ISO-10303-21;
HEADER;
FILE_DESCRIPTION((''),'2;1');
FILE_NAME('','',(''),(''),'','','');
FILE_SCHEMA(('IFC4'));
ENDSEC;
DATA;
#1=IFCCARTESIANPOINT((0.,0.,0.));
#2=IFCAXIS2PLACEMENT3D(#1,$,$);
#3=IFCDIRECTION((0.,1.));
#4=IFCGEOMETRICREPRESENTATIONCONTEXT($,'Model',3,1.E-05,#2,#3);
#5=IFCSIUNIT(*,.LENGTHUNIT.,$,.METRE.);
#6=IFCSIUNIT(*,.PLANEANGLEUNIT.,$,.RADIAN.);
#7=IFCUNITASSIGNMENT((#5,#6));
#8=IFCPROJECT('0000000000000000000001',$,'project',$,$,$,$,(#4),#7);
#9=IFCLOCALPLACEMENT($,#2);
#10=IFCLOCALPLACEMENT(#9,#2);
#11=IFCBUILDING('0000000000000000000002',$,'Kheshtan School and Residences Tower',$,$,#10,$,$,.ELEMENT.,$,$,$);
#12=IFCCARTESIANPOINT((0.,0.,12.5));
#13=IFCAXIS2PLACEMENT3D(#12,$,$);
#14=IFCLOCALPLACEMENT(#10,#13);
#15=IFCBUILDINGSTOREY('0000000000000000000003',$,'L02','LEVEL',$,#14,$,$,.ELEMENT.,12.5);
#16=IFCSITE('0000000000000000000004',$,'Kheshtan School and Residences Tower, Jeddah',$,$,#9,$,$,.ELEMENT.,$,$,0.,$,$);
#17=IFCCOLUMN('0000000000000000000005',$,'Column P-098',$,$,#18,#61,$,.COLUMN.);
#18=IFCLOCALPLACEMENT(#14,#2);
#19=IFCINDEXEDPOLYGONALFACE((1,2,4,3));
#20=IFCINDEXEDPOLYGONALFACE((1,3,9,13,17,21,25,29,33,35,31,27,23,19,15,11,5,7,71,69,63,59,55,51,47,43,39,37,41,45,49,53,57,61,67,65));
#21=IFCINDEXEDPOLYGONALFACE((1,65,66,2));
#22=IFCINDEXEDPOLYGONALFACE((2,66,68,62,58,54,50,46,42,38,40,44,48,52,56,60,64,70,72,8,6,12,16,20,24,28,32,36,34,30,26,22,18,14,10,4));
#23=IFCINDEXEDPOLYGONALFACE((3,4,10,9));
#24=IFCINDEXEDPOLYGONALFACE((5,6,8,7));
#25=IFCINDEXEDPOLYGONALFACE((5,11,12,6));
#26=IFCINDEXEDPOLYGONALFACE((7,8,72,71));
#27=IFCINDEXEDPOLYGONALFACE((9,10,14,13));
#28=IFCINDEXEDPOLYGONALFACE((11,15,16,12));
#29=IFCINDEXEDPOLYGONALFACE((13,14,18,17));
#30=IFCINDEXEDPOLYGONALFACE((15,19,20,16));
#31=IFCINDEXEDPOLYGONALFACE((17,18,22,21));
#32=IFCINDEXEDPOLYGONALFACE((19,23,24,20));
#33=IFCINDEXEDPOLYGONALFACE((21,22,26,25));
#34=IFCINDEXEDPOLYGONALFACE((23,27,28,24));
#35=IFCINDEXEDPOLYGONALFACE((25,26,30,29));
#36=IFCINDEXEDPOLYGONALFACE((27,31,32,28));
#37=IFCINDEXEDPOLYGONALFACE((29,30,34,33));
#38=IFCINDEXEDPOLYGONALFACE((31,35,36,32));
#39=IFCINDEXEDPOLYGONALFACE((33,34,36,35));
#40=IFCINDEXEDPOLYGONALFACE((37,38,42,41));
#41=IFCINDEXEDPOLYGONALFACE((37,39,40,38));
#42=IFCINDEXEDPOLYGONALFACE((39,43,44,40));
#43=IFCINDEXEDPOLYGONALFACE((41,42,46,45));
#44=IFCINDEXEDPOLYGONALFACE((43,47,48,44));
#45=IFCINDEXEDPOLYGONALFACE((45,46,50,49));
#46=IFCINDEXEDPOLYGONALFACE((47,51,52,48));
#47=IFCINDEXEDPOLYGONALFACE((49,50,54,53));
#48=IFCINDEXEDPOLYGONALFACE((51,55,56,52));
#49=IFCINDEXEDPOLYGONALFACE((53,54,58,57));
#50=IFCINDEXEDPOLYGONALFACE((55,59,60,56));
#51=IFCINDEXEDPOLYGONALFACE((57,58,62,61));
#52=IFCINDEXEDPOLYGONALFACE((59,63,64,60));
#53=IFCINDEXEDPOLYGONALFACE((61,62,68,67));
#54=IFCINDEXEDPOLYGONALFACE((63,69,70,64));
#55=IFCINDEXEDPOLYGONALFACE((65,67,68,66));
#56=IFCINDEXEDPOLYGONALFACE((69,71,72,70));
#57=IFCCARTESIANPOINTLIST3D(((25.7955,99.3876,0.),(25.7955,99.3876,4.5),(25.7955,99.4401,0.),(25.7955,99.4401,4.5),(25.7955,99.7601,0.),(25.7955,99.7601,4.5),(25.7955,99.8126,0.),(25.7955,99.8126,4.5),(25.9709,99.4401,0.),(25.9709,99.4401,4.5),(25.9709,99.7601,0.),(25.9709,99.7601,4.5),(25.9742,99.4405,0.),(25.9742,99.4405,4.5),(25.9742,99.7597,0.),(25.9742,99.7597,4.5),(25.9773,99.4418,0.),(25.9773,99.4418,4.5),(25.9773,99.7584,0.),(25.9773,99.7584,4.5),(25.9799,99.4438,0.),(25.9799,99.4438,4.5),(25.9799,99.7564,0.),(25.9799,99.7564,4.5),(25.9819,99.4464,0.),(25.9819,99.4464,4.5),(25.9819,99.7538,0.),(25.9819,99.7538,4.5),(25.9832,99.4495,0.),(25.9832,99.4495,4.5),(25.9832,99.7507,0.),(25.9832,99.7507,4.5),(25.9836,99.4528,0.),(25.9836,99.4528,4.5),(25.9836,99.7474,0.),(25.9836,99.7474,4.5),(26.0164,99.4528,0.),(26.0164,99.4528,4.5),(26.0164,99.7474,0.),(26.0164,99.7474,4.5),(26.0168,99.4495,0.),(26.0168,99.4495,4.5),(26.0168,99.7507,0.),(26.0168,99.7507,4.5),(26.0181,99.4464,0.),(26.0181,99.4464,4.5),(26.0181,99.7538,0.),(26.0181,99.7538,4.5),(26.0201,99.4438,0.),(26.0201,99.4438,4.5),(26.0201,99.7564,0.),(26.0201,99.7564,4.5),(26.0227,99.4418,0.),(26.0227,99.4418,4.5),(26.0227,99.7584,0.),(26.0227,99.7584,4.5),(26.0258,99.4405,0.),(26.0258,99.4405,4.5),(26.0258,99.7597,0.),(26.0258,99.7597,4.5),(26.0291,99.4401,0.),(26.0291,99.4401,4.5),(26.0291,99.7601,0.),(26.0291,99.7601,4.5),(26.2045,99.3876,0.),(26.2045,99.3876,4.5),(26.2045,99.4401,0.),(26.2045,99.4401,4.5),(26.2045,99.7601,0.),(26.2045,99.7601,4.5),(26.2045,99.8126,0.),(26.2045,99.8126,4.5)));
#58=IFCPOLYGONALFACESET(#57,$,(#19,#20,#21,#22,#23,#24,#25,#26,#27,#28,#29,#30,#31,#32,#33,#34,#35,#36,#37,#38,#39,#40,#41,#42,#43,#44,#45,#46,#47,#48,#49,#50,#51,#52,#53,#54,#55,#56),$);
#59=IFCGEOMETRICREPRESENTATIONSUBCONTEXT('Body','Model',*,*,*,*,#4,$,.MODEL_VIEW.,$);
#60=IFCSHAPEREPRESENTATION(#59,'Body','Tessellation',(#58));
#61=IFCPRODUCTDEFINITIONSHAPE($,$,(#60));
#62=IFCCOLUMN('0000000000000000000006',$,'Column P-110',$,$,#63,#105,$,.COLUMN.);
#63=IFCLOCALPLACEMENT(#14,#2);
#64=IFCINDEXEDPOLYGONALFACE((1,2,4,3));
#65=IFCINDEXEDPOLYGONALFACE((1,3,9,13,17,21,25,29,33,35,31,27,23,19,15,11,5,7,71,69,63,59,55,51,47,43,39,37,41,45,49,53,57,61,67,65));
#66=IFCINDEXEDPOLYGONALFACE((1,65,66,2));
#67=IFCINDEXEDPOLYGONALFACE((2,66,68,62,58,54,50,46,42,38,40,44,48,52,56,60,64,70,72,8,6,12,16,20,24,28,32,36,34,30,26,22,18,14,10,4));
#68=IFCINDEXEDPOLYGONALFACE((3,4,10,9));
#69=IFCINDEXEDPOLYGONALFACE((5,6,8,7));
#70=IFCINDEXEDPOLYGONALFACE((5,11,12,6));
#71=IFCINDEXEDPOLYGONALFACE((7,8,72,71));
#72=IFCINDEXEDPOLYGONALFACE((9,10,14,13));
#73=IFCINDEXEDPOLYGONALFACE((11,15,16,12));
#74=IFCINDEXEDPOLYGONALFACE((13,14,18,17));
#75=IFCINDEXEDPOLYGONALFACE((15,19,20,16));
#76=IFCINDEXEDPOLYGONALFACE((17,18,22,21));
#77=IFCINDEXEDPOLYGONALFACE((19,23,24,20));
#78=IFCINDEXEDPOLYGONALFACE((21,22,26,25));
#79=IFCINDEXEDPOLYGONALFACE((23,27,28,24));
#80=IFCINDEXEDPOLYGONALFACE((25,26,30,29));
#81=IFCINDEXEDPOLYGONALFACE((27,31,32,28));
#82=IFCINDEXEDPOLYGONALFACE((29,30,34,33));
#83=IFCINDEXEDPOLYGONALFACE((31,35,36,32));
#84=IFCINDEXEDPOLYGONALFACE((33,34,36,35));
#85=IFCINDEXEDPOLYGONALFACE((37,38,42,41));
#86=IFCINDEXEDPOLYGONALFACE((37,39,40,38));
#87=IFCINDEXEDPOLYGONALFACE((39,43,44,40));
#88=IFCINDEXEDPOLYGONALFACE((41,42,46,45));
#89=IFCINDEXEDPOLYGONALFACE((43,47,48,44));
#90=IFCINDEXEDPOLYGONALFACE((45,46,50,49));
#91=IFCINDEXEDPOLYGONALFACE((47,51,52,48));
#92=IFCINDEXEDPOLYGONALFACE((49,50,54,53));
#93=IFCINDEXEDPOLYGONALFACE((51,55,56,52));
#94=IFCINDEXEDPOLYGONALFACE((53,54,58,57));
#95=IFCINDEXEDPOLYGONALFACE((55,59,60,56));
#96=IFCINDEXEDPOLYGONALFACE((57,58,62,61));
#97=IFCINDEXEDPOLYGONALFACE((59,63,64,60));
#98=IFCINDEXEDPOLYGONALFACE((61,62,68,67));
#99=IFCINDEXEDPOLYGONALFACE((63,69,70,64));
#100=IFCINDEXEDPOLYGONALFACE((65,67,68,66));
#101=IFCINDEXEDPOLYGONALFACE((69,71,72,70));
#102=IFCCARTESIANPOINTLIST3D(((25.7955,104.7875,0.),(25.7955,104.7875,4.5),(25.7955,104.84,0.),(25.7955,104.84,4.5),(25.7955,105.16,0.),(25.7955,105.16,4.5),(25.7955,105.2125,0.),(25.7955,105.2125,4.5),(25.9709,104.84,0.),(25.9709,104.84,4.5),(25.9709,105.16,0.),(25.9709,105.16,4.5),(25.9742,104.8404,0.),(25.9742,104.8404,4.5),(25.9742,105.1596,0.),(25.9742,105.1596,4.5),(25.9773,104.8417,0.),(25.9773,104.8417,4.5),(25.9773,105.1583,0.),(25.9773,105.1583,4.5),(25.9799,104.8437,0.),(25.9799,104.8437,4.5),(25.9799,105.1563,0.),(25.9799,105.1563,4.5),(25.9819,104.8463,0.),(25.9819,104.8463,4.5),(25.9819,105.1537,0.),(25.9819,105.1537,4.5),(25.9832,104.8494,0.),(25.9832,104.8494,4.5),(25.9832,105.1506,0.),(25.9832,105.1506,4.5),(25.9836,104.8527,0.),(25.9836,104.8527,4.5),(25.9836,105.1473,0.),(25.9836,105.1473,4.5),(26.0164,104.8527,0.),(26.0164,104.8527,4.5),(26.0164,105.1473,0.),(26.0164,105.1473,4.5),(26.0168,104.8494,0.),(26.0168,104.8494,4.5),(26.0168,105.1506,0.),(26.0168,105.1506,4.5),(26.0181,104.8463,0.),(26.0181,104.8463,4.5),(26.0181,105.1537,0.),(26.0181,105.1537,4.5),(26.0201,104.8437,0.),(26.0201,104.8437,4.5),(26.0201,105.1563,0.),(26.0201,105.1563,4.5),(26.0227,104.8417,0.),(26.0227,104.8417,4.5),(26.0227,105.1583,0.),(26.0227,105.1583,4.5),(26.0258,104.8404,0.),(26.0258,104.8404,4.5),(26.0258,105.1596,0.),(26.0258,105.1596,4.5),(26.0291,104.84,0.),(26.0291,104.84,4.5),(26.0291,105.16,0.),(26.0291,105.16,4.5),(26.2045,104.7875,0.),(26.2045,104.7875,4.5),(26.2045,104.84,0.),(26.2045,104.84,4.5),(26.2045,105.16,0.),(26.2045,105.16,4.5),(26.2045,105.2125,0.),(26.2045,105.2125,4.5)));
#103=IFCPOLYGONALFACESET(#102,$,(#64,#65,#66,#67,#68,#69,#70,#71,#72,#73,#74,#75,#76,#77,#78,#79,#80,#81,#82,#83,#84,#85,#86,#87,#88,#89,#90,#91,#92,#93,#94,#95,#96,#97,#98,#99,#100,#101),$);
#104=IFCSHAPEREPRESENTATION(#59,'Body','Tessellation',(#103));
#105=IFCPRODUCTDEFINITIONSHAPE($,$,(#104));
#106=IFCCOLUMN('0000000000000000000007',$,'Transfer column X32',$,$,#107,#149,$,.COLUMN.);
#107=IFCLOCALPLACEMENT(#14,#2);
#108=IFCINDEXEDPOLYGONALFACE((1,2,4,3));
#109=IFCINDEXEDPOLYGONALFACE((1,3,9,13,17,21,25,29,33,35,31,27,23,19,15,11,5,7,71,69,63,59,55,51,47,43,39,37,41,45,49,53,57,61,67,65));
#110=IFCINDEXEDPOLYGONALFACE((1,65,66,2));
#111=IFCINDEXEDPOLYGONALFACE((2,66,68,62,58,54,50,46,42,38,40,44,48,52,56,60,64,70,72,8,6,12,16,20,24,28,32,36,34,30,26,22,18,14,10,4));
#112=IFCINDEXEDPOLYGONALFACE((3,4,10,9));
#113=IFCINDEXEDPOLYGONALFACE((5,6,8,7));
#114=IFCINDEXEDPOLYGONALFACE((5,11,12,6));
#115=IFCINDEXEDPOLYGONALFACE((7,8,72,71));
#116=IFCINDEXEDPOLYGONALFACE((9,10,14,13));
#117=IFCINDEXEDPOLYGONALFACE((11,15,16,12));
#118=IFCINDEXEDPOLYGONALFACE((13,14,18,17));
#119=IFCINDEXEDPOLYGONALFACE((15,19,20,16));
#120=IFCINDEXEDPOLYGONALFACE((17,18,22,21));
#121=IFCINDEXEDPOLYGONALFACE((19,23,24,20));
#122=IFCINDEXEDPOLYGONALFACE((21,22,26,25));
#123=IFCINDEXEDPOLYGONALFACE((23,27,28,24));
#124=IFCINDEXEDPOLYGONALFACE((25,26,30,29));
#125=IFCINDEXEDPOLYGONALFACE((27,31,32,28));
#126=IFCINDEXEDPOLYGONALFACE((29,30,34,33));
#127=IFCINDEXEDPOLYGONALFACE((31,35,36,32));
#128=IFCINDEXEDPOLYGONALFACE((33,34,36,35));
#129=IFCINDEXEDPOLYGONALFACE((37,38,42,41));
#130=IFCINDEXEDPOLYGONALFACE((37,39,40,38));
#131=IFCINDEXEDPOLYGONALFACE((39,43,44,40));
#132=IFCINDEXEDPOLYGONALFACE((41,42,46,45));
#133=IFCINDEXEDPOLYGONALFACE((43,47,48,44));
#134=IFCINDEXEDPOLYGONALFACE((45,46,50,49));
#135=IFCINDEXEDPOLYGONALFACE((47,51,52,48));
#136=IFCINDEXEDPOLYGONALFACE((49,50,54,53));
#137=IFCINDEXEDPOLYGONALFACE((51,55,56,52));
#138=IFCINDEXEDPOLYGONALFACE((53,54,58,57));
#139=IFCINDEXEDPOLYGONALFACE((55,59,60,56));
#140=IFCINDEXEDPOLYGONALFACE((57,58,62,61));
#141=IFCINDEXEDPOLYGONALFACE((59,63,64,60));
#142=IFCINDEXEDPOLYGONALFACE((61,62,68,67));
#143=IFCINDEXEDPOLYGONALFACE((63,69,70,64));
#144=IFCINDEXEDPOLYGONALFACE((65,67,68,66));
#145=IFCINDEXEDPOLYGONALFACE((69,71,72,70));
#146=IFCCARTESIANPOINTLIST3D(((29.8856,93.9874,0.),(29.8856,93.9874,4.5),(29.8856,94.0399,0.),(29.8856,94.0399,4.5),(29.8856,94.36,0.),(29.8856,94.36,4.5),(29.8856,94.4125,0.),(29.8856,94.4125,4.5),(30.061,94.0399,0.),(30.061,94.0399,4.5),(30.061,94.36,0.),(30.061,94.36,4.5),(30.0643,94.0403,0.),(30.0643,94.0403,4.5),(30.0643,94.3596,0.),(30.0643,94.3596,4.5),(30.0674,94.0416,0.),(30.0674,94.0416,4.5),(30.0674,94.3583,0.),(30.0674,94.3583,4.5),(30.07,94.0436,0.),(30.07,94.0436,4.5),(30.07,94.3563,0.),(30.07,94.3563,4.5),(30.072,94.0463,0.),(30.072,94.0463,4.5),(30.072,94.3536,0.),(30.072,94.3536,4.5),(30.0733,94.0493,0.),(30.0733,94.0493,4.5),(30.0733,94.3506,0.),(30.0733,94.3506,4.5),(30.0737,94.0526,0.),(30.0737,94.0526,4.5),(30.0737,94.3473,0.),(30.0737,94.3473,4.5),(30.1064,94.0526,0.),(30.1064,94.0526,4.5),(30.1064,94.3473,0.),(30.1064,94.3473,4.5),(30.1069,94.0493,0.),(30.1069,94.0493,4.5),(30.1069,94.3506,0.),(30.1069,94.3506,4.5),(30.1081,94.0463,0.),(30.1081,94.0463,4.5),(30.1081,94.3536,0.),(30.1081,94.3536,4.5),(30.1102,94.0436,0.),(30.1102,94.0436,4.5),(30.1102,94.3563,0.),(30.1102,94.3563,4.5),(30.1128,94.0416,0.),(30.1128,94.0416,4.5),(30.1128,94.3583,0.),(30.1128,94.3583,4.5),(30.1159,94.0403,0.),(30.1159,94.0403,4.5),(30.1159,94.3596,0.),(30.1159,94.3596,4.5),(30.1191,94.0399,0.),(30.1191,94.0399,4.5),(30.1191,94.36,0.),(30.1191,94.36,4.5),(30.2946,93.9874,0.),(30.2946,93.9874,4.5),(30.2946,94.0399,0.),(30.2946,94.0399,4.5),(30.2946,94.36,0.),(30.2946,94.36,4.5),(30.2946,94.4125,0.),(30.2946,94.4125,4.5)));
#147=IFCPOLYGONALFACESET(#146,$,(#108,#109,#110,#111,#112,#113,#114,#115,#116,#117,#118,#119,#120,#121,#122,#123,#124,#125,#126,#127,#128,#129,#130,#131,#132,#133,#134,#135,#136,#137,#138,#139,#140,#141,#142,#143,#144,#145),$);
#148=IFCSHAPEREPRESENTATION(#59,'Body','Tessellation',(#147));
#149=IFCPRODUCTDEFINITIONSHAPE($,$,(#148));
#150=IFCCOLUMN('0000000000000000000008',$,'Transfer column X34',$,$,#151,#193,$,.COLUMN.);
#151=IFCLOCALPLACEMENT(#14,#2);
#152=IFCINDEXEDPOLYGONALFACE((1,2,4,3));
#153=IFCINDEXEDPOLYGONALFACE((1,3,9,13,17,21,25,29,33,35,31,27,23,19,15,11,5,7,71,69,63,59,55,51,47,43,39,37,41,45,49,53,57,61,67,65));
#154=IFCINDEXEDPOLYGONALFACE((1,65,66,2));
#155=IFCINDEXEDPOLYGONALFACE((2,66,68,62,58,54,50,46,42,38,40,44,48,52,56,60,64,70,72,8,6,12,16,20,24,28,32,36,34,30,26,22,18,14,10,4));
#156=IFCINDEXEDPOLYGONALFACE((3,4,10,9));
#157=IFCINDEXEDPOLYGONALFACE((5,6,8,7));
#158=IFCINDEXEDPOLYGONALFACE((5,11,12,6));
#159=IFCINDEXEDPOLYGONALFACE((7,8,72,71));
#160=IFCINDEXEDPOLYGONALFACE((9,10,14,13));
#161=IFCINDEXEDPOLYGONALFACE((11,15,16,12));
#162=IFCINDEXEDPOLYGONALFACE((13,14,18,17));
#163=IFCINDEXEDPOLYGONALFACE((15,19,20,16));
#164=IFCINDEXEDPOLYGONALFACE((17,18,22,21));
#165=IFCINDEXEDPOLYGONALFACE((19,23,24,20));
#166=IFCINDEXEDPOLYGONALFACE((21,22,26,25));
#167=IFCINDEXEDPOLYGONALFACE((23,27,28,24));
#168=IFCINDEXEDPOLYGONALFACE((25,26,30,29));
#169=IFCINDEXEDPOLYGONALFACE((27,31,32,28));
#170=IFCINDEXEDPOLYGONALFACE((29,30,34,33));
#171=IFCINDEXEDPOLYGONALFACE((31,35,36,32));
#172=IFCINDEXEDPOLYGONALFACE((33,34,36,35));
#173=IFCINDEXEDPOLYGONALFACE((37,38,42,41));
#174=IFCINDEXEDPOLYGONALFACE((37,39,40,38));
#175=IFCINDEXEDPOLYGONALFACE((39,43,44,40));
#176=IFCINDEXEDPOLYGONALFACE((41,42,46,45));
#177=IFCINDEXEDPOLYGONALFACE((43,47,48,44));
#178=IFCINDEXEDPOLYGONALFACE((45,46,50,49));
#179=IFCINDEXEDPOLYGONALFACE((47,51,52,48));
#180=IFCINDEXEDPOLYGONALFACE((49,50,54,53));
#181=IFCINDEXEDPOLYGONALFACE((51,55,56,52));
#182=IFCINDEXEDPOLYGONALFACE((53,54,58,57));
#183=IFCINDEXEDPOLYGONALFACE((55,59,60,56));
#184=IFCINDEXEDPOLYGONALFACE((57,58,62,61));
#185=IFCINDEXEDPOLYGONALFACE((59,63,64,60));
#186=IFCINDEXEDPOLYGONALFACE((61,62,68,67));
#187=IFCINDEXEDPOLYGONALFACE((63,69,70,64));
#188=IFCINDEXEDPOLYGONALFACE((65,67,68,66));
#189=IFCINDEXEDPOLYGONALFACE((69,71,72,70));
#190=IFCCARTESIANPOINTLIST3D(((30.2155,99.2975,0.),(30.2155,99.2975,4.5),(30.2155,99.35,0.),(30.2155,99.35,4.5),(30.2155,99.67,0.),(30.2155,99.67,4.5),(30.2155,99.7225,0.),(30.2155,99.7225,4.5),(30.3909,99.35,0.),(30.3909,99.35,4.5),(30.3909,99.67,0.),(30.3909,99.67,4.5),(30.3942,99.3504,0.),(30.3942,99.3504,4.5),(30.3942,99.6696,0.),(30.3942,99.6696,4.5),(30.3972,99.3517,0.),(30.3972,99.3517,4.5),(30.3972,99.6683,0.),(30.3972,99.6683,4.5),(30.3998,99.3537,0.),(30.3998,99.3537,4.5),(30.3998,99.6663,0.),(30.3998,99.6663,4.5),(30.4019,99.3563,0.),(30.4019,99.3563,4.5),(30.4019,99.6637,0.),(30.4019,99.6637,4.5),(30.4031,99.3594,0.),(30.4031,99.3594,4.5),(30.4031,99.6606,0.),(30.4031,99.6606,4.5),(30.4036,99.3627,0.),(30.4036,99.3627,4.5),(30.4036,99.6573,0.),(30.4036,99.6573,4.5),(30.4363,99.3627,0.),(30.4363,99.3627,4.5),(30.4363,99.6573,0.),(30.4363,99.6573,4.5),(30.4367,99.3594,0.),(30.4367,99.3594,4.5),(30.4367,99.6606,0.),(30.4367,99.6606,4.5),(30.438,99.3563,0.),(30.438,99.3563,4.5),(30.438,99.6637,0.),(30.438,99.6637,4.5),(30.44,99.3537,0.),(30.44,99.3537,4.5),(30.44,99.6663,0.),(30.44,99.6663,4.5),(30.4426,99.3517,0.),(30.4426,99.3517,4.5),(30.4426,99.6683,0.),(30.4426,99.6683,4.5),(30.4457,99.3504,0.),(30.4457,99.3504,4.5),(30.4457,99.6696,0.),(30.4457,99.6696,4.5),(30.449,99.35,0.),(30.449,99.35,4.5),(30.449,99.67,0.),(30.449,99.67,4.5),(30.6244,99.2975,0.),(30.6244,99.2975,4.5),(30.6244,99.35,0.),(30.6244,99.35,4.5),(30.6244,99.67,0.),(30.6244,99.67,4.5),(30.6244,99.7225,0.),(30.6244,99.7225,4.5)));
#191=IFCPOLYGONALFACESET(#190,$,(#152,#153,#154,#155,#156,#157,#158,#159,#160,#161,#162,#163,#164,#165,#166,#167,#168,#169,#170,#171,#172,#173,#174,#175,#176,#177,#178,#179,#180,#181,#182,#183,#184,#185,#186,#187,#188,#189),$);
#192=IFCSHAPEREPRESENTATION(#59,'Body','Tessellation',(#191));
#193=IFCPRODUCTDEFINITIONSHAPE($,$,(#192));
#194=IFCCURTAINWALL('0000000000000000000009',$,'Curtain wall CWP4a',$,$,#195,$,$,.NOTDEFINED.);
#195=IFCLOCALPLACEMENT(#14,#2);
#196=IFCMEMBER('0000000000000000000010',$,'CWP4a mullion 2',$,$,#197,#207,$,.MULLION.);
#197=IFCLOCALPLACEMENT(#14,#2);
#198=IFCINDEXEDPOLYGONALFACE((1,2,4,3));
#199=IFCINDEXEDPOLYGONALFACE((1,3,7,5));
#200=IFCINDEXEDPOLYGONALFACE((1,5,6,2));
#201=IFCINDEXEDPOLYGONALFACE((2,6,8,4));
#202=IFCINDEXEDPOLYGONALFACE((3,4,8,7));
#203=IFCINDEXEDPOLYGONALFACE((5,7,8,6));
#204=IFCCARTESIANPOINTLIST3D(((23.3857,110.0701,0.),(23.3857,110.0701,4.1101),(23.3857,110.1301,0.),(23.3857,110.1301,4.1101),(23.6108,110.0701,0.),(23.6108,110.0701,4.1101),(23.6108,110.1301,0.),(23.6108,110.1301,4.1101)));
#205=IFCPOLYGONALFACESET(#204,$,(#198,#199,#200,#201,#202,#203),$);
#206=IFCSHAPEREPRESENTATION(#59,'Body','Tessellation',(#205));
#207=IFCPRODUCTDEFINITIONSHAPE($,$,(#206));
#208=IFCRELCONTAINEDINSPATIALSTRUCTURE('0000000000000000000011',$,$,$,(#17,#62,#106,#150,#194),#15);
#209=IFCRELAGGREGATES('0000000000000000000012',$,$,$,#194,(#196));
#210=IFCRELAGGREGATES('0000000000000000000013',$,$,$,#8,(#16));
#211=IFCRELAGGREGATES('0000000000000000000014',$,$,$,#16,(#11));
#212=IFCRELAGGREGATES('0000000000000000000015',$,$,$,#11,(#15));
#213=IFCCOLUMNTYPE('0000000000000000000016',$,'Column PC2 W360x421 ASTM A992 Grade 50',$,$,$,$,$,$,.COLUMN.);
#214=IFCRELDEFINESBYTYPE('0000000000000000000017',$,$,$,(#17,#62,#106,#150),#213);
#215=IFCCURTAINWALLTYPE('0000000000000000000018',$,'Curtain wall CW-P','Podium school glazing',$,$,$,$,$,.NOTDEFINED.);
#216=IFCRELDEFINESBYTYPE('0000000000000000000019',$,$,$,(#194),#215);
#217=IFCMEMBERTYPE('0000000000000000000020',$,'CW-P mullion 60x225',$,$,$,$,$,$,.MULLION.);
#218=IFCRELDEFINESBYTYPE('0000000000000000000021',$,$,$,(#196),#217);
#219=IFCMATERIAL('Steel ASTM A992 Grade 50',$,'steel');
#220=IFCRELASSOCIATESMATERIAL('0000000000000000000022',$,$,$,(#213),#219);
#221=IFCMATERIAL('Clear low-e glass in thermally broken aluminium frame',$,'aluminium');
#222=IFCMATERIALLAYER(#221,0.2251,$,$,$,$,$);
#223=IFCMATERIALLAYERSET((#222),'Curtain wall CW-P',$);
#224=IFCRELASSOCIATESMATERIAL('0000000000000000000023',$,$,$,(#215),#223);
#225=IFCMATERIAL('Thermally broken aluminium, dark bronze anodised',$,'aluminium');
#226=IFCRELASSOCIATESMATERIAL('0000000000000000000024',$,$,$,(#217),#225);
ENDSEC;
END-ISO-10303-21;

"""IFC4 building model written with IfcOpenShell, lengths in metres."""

from ifc_helpers import new_model, si_unit, direction, frame, origin, origin_2d, place, context, subcontext, project, spatial, rectangle, i_section, extrude, material, layer, layer_set, material_profile, profile_set, type_object, element, aggregate, save


model = new_model("IFC4")

# Units and contexts
model_context = context("Model", 3, precision=1e-05, world=origin(), true_north=direction((0.0, 1.0)))
body_context = subcontext(model_context, "Body", "Model", "MODEL_VIEW")
ifc_project = project(units=[si_unit("LENGTHUNIT", "METRE"), si_unit("PLANEANGLEUNIT", "RADIAN")], contexts=[model_context])

# Site, building, storey
site_placement = place(None, origin())
site = spatial("IfcSite", under=ifc_project, at=site_placement, Name="Kheshtan School and Residences Tower, Jeddah", CompositionType="ELEMENT", RefElevation=0.0)
building_placement = place(site_placement, origin())
building = spatial("IfcBuilding", under=site, at=building_placement, Name="Kheshtan School and Residences Tower", CompositionType="ELEMENT")
storey_placement = place(building_placement, frame((0.0, 0.0, 12.5)))
storey = spatial("IfcBuildingStorey", under=building, at=storey_placement, Name="L02", Description="LEVEL", CompositionType="ELEMENT", Elevation=12.5)

# Columns
ifc_material_1 = material(Name="Steel ASTM A992 Grade 50", Category="steel")
ifc_material_profile_1 = material_profile(ifc_material_1, i_section(OverallWidth=0.4089, OverallDepth=0.425, WebThickness=0.0327, FlangeThickness=0.0525, FilletRadius=0.0127, at=origin_2d()), Name="W360x421")
ifc_profile_set_1 = profile_set([ifc_material_profile_1], Name="Steel ASTM A992 Grade 50")
column_type = type_object("IfcColumnType", Name="Column PC2 W360x421 ASTM A992 Grade 50", PredefinedType="COLUMN", material=ifc_profile_set_1)
for number, where, z_axis, x_axis, name in (
    (1, (26.0, 99.6001, 0.0), (0.0, 0.0, 1.0), (1.0, 0.0, 0.0), "Column P-098"),
    (2, (26.0, 105.0, 0.0), (0.0, 0.0, 1.0), (1.0, 0.0, 0.0), "Column P-110"),
    (3, (30.0901, 94.2, 0.0), (0.0, 0.0, 1.0), (1.0, 0.0, 0.0), "Transfer column X32"),
    (4, (30.4199, 99.51, 0.0), (0.0, 0.0, 1.0), (1.0, 0.0, 0.0), "Transfer column X34"),
):
    element("IfcColumn", number, at=place(storey_placement, frame(where, z_axis=z_axis, x_axis=x_axis)), inside=storey, type_object=column_type, Name=name, PredefinedType="COLUMN", context=body_context, shape_type="SweptSolid", body=[
        extrude(i_section(OverallWidth=0.4089, OverallDepth=0.425, WebThickness=0.0327, FlangeThickness=0.0525, FilletRadius=0.0127, at=origin_2d()), origin(), (0.0, 0.0, 1.0), 4.5),
    ])

# Curtain wall, member
ifc_material_2 = material(Name="Clear low-e glass in thermally broken aluminium frame", Category="aluminium")
ifc_layer_1 = layer(ifc_material_2, 0.2251)
ifc_layer_set_1 = layer_set([ifc_layer_1], Name="Curtain wall CW-P")
curtain_wall_type = type_object("IfcCurtainWallType", Name="Curtain wall CW-P", Description="Podium school glazing", PredefinedType="NOTDEFINED", material=ifc_layer_set_1)
curtain_wall_placement = place(storey_placement, origin())
curtain_wall = element("IfcCurtainWall", 5, at=curtain_wall_placement, inside=storey, type_object=curtain_wall_type, Name="Curtain wall CWP4a", PredefinedType="NOTDEFINED")
ifc_material_3 = material(Name="Thermally broken aluminium, dark bronze anodised", Category="aluminium")
ifc_material_profile_2 = material_profile(ifc_material_3, rectangle(XDim=0.0601, YDim=0.2251, at=origin_2d()), Name="CW-P mullion 60x225")
ifc_profile_set_2 = profile_set([ifc_material_profile_2], Name="Thermally broken aluminium, dark bronze anodised")
member_type_1 = type_object("IfcMemberType", Name="CW-P mullion 60x225", PredefinedType="MULLION", material=ifc_profile_set_2)
member_1_placement = place(storey_placement, frame((23.4983, 110.1001, 0.0), z_axis=(0.0, 0.0, 1.0), x_axis=(0.0, 1.0, 0.0)))
member_1 = element("IfcMember", 6, at=member_1_placement, type_object=member_type_1, Name="CWP4a mullion 2", PredefinedType="MULLION", context=body_context, shape_type="SweptSolid", body=[
    extrude(rectangle(XDim=0.0601, YDim=0.2251, at=origin_2d()), origin(), (0.0, 0.0, 1.0), 4.1101),
])
aggregate(curtain_wall, [member_1])

save(model, "model.ifc")
